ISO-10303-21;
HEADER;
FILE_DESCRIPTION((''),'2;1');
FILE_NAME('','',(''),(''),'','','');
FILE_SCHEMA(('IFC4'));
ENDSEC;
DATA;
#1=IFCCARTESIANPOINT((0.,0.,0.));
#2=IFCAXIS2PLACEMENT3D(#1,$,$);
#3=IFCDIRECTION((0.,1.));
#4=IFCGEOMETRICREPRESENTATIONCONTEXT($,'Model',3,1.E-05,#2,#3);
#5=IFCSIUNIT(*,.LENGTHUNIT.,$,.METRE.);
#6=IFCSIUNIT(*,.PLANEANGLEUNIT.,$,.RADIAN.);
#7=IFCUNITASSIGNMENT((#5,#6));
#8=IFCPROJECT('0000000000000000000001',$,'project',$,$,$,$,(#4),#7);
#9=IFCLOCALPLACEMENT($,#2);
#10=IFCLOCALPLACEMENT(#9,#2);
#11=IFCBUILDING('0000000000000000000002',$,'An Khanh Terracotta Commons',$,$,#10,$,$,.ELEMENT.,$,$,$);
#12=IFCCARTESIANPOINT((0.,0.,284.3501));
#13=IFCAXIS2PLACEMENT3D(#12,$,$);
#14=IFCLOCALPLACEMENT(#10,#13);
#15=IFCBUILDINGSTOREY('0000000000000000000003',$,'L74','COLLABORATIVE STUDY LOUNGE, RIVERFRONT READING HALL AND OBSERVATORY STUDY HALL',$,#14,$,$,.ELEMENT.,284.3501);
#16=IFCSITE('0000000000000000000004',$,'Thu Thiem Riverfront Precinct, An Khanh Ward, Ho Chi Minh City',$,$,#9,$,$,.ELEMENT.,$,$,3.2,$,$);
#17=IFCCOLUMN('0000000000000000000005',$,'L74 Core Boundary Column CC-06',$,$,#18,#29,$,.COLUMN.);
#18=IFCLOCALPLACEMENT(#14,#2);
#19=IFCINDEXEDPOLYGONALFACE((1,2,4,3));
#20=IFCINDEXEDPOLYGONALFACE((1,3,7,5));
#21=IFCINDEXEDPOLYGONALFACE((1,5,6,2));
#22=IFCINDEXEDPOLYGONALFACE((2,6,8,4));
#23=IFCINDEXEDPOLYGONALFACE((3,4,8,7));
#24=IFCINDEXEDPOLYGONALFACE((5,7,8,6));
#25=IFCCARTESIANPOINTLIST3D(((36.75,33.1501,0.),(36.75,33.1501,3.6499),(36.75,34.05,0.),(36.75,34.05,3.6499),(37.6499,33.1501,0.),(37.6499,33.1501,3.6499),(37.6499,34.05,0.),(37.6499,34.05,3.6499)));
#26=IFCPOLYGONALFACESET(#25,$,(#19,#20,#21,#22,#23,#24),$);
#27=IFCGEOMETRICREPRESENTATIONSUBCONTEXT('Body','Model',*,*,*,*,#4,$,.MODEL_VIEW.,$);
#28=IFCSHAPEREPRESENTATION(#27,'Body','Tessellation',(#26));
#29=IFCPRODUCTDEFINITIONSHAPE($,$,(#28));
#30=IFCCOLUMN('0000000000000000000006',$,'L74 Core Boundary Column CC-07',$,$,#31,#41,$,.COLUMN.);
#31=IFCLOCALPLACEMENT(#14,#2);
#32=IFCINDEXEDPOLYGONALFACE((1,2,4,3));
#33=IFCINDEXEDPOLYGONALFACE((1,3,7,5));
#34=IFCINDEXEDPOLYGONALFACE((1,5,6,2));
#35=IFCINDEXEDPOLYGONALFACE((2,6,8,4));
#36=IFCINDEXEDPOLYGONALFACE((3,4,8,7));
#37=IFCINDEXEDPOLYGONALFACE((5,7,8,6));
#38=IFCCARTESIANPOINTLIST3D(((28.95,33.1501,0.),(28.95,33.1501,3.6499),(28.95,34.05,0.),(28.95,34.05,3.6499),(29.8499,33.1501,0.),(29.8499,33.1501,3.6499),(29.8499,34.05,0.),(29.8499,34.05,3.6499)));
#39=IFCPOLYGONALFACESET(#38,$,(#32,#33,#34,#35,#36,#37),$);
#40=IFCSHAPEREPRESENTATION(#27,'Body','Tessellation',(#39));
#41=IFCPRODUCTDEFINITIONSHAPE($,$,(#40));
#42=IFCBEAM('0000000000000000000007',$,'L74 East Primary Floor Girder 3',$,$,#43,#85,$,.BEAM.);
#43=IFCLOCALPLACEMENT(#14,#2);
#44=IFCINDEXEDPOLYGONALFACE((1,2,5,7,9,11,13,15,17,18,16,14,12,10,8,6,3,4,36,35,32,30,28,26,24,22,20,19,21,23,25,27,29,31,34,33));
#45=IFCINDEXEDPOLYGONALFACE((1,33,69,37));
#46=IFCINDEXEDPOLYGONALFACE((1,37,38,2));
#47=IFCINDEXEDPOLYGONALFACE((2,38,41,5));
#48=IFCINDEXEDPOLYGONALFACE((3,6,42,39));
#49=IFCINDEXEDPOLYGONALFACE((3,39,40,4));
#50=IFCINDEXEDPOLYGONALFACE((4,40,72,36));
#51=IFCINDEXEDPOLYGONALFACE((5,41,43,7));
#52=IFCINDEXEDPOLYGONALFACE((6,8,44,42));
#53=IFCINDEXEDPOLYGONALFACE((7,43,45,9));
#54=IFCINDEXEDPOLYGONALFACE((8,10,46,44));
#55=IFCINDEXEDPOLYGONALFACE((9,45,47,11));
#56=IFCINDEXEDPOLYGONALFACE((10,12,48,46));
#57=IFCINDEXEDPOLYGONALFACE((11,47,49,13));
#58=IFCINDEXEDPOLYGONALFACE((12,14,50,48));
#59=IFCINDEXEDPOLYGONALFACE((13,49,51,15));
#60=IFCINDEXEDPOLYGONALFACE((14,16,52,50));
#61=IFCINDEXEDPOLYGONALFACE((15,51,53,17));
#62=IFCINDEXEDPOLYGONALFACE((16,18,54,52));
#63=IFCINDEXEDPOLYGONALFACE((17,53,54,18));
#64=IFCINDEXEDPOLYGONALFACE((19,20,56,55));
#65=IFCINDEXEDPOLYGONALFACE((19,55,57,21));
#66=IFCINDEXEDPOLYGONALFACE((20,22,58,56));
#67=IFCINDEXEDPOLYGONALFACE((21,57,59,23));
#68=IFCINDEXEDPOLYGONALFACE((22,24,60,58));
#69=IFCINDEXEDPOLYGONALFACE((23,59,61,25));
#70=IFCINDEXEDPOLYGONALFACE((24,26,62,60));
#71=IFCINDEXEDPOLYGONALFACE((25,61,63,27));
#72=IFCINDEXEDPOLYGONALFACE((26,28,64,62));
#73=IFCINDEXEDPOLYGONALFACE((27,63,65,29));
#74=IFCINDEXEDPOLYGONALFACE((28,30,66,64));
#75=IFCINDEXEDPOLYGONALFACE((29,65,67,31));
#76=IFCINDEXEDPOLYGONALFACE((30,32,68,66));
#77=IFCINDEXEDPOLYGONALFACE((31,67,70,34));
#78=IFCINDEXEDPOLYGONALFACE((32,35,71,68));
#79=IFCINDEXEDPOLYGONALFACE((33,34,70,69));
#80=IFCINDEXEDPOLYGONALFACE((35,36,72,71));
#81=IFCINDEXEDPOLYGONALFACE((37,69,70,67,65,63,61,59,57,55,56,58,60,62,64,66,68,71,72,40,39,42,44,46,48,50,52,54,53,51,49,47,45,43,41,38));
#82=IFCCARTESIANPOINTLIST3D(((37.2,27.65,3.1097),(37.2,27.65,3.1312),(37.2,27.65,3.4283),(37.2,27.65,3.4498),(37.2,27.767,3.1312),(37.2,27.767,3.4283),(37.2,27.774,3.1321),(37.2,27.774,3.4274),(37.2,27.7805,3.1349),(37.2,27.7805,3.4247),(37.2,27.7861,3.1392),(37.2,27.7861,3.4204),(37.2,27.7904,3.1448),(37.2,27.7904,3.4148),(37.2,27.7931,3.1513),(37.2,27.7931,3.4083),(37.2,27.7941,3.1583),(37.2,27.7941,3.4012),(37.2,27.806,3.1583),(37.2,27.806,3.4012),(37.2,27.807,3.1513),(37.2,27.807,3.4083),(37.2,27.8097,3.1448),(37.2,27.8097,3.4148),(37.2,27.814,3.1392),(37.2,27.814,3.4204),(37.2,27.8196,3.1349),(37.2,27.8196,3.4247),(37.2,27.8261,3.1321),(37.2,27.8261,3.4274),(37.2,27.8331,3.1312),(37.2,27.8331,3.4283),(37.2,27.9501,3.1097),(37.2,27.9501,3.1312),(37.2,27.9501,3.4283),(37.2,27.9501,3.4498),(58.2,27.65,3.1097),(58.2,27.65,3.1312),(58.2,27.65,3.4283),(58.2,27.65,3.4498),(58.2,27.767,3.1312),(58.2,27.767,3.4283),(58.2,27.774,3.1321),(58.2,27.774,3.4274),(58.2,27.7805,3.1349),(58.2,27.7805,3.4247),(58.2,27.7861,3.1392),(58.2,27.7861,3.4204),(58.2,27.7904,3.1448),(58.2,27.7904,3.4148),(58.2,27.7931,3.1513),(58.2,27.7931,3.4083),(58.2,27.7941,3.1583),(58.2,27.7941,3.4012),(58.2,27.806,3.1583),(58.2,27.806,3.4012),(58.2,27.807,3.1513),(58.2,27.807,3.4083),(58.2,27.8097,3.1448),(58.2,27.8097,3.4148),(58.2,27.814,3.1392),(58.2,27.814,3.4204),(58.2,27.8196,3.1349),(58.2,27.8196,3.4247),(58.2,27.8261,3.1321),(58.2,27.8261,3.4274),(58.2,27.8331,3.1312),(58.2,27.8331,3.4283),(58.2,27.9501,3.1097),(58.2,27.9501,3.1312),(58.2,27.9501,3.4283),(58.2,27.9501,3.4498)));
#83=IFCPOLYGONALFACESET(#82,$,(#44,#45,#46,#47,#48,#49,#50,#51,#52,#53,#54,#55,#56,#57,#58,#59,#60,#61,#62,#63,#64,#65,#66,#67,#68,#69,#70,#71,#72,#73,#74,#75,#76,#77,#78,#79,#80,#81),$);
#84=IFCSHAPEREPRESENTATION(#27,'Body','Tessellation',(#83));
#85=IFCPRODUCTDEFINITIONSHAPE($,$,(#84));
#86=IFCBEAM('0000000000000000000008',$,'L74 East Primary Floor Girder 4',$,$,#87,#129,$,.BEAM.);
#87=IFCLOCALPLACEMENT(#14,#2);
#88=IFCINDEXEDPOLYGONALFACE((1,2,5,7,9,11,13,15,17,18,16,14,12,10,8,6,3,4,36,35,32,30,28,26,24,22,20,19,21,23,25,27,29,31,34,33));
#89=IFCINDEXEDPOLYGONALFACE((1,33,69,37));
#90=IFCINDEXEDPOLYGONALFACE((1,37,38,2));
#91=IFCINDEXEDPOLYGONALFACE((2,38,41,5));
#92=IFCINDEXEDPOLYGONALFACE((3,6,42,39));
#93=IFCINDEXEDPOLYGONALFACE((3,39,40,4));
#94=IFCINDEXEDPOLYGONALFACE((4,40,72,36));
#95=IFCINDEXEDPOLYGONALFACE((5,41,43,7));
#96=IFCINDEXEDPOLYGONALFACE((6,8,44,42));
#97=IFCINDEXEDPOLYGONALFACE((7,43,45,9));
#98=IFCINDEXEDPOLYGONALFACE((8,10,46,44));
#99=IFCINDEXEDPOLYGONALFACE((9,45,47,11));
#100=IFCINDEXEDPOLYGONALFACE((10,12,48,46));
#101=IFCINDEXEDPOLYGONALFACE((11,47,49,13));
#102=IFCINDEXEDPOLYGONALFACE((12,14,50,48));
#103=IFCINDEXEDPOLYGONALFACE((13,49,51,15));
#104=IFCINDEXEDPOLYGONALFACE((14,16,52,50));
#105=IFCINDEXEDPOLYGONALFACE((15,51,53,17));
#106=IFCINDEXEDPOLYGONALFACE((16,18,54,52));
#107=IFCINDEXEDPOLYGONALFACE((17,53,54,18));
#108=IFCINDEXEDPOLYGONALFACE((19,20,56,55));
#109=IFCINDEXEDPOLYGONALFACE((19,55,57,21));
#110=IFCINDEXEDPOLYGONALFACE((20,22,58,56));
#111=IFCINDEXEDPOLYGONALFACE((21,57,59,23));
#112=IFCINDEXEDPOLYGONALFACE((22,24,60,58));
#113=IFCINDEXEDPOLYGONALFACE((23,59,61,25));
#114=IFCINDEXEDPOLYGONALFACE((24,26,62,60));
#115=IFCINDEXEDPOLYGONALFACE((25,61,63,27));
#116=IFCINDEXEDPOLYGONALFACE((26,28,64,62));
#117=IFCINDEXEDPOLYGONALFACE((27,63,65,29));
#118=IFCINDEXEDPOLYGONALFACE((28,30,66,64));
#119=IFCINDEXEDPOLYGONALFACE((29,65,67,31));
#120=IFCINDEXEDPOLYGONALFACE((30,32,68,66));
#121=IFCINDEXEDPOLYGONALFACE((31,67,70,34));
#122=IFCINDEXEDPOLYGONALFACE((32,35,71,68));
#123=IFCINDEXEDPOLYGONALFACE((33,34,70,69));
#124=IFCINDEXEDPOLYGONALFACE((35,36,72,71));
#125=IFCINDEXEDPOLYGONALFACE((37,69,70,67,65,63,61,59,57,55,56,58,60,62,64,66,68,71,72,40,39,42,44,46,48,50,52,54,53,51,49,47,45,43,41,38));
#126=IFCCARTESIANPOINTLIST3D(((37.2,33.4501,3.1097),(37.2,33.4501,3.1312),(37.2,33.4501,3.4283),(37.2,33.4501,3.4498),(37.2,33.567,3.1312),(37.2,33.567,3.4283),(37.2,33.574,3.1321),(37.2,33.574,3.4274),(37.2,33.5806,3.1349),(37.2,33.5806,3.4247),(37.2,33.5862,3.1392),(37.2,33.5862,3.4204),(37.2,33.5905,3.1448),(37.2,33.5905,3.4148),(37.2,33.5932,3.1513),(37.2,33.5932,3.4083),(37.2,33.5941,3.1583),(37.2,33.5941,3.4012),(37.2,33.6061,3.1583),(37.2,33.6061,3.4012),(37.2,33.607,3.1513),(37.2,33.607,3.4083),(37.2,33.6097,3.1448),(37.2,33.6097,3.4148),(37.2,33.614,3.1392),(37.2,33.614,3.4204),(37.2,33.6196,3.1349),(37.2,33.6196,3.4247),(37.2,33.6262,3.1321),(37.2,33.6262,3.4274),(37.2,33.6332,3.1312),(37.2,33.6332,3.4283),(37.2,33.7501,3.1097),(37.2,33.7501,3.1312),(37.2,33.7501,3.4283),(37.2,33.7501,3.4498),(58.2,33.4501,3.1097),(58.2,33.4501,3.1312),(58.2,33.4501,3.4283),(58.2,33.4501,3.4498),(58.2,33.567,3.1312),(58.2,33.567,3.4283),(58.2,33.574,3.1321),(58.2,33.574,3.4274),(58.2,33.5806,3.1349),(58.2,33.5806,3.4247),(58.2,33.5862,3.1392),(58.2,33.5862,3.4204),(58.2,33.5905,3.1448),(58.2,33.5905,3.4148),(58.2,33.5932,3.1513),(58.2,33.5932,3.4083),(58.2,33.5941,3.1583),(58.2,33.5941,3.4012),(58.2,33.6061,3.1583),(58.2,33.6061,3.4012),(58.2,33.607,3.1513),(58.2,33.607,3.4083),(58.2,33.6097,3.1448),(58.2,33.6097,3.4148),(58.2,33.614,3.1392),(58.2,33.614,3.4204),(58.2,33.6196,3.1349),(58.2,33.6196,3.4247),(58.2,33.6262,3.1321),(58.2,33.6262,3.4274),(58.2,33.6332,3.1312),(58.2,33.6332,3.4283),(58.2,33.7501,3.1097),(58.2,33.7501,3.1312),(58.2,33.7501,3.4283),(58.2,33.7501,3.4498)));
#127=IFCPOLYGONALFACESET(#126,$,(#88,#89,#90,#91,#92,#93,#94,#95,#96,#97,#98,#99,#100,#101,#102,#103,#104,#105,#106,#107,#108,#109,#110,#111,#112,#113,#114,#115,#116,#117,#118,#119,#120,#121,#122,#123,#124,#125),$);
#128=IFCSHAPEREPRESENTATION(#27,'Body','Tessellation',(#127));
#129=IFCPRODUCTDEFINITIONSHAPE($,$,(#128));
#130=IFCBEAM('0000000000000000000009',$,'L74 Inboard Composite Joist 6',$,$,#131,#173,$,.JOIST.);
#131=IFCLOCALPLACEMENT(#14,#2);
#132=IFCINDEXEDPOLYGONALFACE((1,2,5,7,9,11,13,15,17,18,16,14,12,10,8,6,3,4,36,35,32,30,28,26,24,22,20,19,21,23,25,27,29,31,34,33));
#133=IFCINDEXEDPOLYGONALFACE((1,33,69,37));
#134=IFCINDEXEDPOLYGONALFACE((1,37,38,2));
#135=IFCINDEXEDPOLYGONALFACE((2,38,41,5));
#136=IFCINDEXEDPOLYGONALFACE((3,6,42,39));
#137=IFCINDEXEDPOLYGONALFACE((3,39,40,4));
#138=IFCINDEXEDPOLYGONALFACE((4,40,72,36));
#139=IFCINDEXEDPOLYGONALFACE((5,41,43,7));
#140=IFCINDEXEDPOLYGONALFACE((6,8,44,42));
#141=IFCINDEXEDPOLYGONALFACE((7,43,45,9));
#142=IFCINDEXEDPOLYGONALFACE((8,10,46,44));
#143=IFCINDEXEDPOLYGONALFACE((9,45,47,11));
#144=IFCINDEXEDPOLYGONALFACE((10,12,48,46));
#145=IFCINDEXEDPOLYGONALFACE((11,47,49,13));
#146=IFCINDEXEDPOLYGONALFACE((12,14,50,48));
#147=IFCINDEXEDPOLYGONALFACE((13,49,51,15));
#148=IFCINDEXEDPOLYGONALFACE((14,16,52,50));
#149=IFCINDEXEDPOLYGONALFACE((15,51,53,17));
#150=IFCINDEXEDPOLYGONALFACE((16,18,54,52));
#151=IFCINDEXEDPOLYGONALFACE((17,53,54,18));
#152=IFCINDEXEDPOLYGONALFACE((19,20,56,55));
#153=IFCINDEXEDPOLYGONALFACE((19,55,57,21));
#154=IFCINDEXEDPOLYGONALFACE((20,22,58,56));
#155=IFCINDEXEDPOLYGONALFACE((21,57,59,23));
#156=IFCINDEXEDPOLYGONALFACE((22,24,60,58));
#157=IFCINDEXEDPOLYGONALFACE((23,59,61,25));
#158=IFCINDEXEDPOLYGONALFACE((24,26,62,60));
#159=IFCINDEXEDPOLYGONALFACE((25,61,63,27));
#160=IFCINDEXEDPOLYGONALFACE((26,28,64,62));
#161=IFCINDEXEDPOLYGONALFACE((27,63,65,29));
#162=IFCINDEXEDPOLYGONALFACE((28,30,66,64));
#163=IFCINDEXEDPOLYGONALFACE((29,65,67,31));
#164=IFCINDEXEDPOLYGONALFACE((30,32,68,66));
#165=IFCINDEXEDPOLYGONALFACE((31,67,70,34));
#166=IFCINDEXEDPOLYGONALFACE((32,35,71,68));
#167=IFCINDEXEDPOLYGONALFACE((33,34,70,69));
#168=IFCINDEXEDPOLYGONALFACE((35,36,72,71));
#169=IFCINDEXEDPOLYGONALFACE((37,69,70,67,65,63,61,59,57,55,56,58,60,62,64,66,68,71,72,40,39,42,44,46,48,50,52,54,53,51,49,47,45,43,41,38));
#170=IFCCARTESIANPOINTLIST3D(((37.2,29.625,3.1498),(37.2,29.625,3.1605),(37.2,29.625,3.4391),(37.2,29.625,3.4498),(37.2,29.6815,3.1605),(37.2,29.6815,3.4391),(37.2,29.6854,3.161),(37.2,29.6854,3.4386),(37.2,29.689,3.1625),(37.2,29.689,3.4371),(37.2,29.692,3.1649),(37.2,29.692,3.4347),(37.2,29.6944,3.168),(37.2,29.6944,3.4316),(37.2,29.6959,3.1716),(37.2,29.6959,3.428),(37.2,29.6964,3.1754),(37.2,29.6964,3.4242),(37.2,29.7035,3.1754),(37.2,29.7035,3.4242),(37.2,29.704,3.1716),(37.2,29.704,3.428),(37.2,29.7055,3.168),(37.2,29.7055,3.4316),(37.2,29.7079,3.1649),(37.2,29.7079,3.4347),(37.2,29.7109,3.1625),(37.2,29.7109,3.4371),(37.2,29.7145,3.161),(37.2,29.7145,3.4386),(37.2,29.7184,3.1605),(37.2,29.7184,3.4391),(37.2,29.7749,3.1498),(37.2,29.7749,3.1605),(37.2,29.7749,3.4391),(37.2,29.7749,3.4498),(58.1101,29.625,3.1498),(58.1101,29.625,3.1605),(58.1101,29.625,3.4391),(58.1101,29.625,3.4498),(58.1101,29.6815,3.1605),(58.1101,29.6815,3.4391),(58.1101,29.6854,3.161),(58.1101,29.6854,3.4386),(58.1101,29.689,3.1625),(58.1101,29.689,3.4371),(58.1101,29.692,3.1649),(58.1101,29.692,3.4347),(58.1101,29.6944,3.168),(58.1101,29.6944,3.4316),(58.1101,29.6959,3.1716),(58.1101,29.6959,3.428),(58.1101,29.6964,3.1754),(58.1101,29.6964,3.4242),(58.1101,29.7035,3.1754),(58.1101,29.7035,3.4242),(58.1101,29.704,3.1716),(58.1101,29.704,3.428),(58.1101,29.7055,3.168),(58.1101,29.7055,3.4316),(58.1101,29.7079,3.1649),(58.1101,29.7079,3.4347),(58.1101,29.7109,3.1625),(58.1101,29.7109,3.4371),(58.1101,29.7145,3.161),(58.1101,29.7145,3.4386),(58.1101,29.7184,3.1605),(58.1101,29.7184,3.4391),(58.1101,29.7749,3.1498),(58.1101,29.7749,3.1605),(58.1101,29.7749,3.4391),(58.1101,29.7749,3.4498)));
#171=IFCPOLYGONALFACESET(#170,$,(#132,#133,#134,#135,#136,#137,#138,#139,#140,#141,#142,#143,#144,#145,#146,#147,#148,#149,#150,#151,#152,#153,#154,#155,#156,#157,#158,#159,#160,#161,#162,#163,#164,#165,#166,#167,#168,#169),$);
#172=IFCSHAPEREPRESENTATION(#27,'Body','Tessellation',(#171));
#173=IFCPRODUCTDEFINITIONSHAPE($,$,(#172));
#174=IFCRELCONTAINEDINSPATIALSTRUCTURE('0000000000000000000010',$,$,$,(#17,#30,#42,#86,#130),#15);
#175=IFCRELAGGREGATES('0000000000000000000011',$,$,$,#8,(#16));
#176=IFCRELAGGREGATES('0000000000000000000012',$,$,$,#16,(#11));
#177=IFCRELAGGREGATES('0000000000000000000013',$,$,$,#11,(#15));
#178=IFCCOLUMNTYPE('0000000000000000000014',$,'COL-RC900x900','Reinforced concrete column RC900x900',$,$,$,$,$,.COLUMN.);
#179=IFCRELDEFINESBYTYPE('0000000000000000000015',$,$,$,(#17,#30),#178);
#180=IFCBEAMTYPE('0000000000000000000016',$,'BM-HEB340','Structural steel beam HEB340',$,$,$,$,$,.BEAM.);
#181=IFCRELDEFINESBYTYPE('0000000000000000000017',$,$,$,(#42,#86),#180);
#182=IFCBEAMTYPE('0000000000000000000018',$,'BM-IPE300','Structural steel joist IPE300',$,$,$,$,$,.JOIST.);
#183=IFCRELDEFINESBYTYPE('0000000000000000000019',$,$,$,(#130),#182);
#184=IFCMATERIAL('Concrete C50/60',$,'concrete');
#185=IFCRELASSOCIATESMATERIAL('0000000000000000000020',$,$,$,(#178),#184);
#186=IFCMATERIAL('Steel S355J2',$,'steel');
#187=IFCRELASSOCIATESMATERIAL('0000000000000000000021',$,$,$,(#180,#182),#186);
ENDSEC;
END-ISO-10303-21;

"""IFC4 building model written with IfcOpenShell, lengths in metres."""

from ifc_helpers import new_model, si_unit, direction, frame, origin, origin_2d, place, context, subcontext, project, spatial, rectangle, i_section, extrude, material, material_profile, profile_set, type_object, element, save


model = new_model("IFC4")

# Units and contexts
model_context = context("Model", 3, precision=1e-05, world=origin(), true_north=direction((0.0, 1.0)))
body_context = subcontext(model_context, "Body", "Model", "MODEL_VIEW")
ifc_project = project(units=[si_unit("LENGTHUNIT", "METRE"), si_unit("PLANEANGLEUNIT", "RADIAN")], contexts=[model_context])

# Site, building, storey
site_placement = place(None, origin())
site = spatial("IfcSite", under=ifc_project, at=site_placement, Name="Thu Thiem Riverfront Precinct, An Khanh Ward, Ho Chi Minh City", CompositionType="ELEMENT", RefElevation=3.2)
building_placement = place(site_placement, origin())
building = spatial("IfcBuilding", under=site, at=building_placement, Name="An Khanh Terracotta Commons", CompositionType="ELEMENT")
storey_placement = place(building_placement, frame((0.0, 0.0, 284.3501)))
storey = spatial("IfcBuildingStorey", under=building, at=storey_placement, Name="L74", Description="COLLABORATIVE STUDY LOUNGE, RIVERFRONT READING HALL AND OBSERVATORY STUDY HALL", CompositionType="ELEMENT", Elevation=284.3501)

# Columns
ifc_material_1 = material(Name="Concrete C50/60", Category="concrete")
ifc_material_profile_1 = material_profile(ifc_material_1, rectangle(XDim=0.8999, YDim=0.8999, at=origin_2d()), Name="RC900x900")
ifc_profile_set_1 = profile_set([ifc_material_profile_1], Name="Concrete C50/60")
column_type = type_object("IfcColumnType", Name="COL-RC900x900", Description="Reinforced concrete column RC900x900", PredefinedType="COLUMN", material=ifc_profile_set_1)
for number, where, z_axis, x_axis, name in (
    (1, (37.2, 33.6001, 0.0), (0.0, 0.0, 1.0), (1.0, 0.0, 0.0), "L74 Core Boundary Column CC-06"),
    (2, (29.3999, 33.6001, 0.0), (0.0, 0.0, 1.0), (1.0, 0.0, 0.0), "L74 Core Boundary Column CC-07"),
):
    element("IfcColumn", number, at=place(storey_placement, frame(where, z_axis=z_axis, x_axis=x_axis)), inside=storey, type_object=column_type, Name=name, PredefinedType="COLUMN", context=body_context, shape_type="SweptSolid", body=[
        extrude(rectangle(XDim=0.8999, YDim=0.8999, at=origin_2d()), origin(), (0.0, 0.0, 1.0), 3.6499),
    ])

# Beams
ifc_material_2 = material(Name="Steel S355J2", Category="steel")
ifc_material_profile_2 = material_profile(ifc_material_2, i_section(OverallWidth=0.3, OverallDepth=0.3401, WebThickness=0.012, FlangeThickness=0.0215, FilletRadius=0.0271, at=origin_2d()), Name="HEB340")
ifc_profile_set_2 = profile_set([ifc_material_profile_2], Name="Steel S355J2")
beam_type_1 = type_object("IfcBeamType", Name="BM-HEB340", Description="Structural steel beam HEB340", PredefinedType="BEAM", material=ifc_profile_set_2)
for number, where, z_axis, x_axis, name in (
    (3, (37.2, 27.8, 3.2798), (1.0, 0.0, 0.0), (0.0, 1.0, 0.0), "L74 East Primary Floor Girder 3"),
    (4, (37.2, 33.6001, 3.2798), (1.0, 0.0, 0.0), (0.0, 1.0, 0.0), "L74 East Primary Floor Girder 4"),
):
    element("IfcBeam", number, at=place(storey_placement, frame(where, z_axis=z_axis, x_axis=x_axis)), inside=storey, type_object=beam_type_1, Name=name, PredefinedType="BEAM", context=body_context, shape_type="SweptSolid", body=[
        extrude(i_section(OverallWidth=0.3, OverallDepth=0.3401, WebThickness=0.012, FlangeThickness=0.0215, FilletRadius=0.0271, at=origin_2d()), origin(), (0.0, 0.0, 1.0), 21.0),
    ])
ifc_material_profile_3 = material_profile(ifc_material_2, i_section(OverallWidth=0.1499, OverallDepth=0.3, WebThickness=0.0071, FlangeThickness=0.0107, FilletRadius=0.0149, at=origin_2d()), Name="IPE300")
ifc_profile_set_3 = profile_set([ifc_material_profile_3], Name="Steel S355J2")
beam_type_2 = type_object("IfcBeamType", Name="BM-IPE300", Description="Structural steel joist IPE300", PredefinedType="JOIST", material=ifc_profile_set_3)
for number, where, z_axis, x_axis, name in (
    (5, (37.2, 29.7, 3.2998), (1.0, 0.0, 0.0), (0.0, 1.0, 0.0), "L74 Inboard Composite Joist 6"),
):
    element("IfcBeam", number, at=place(storey_placement, frame(where, z_axis=z_axis, x_axis=x_axis)), inside=storey, type_object=beam_type_2, Name=name, PredefinedType="JOIST", context=body_context, shape_type="SweptSolid", body=[
        extrude(i_section(OverallWidth=0.1499, OverallDepth=0.3, WebThickness=0.0071, FlangeThickness=0.0107, FilletRadius=0.0149, at=origin_2d()), origin(), (0.0, 0.0, 1.0), 20.9102),
    ])

save(model, "model.ifc")
